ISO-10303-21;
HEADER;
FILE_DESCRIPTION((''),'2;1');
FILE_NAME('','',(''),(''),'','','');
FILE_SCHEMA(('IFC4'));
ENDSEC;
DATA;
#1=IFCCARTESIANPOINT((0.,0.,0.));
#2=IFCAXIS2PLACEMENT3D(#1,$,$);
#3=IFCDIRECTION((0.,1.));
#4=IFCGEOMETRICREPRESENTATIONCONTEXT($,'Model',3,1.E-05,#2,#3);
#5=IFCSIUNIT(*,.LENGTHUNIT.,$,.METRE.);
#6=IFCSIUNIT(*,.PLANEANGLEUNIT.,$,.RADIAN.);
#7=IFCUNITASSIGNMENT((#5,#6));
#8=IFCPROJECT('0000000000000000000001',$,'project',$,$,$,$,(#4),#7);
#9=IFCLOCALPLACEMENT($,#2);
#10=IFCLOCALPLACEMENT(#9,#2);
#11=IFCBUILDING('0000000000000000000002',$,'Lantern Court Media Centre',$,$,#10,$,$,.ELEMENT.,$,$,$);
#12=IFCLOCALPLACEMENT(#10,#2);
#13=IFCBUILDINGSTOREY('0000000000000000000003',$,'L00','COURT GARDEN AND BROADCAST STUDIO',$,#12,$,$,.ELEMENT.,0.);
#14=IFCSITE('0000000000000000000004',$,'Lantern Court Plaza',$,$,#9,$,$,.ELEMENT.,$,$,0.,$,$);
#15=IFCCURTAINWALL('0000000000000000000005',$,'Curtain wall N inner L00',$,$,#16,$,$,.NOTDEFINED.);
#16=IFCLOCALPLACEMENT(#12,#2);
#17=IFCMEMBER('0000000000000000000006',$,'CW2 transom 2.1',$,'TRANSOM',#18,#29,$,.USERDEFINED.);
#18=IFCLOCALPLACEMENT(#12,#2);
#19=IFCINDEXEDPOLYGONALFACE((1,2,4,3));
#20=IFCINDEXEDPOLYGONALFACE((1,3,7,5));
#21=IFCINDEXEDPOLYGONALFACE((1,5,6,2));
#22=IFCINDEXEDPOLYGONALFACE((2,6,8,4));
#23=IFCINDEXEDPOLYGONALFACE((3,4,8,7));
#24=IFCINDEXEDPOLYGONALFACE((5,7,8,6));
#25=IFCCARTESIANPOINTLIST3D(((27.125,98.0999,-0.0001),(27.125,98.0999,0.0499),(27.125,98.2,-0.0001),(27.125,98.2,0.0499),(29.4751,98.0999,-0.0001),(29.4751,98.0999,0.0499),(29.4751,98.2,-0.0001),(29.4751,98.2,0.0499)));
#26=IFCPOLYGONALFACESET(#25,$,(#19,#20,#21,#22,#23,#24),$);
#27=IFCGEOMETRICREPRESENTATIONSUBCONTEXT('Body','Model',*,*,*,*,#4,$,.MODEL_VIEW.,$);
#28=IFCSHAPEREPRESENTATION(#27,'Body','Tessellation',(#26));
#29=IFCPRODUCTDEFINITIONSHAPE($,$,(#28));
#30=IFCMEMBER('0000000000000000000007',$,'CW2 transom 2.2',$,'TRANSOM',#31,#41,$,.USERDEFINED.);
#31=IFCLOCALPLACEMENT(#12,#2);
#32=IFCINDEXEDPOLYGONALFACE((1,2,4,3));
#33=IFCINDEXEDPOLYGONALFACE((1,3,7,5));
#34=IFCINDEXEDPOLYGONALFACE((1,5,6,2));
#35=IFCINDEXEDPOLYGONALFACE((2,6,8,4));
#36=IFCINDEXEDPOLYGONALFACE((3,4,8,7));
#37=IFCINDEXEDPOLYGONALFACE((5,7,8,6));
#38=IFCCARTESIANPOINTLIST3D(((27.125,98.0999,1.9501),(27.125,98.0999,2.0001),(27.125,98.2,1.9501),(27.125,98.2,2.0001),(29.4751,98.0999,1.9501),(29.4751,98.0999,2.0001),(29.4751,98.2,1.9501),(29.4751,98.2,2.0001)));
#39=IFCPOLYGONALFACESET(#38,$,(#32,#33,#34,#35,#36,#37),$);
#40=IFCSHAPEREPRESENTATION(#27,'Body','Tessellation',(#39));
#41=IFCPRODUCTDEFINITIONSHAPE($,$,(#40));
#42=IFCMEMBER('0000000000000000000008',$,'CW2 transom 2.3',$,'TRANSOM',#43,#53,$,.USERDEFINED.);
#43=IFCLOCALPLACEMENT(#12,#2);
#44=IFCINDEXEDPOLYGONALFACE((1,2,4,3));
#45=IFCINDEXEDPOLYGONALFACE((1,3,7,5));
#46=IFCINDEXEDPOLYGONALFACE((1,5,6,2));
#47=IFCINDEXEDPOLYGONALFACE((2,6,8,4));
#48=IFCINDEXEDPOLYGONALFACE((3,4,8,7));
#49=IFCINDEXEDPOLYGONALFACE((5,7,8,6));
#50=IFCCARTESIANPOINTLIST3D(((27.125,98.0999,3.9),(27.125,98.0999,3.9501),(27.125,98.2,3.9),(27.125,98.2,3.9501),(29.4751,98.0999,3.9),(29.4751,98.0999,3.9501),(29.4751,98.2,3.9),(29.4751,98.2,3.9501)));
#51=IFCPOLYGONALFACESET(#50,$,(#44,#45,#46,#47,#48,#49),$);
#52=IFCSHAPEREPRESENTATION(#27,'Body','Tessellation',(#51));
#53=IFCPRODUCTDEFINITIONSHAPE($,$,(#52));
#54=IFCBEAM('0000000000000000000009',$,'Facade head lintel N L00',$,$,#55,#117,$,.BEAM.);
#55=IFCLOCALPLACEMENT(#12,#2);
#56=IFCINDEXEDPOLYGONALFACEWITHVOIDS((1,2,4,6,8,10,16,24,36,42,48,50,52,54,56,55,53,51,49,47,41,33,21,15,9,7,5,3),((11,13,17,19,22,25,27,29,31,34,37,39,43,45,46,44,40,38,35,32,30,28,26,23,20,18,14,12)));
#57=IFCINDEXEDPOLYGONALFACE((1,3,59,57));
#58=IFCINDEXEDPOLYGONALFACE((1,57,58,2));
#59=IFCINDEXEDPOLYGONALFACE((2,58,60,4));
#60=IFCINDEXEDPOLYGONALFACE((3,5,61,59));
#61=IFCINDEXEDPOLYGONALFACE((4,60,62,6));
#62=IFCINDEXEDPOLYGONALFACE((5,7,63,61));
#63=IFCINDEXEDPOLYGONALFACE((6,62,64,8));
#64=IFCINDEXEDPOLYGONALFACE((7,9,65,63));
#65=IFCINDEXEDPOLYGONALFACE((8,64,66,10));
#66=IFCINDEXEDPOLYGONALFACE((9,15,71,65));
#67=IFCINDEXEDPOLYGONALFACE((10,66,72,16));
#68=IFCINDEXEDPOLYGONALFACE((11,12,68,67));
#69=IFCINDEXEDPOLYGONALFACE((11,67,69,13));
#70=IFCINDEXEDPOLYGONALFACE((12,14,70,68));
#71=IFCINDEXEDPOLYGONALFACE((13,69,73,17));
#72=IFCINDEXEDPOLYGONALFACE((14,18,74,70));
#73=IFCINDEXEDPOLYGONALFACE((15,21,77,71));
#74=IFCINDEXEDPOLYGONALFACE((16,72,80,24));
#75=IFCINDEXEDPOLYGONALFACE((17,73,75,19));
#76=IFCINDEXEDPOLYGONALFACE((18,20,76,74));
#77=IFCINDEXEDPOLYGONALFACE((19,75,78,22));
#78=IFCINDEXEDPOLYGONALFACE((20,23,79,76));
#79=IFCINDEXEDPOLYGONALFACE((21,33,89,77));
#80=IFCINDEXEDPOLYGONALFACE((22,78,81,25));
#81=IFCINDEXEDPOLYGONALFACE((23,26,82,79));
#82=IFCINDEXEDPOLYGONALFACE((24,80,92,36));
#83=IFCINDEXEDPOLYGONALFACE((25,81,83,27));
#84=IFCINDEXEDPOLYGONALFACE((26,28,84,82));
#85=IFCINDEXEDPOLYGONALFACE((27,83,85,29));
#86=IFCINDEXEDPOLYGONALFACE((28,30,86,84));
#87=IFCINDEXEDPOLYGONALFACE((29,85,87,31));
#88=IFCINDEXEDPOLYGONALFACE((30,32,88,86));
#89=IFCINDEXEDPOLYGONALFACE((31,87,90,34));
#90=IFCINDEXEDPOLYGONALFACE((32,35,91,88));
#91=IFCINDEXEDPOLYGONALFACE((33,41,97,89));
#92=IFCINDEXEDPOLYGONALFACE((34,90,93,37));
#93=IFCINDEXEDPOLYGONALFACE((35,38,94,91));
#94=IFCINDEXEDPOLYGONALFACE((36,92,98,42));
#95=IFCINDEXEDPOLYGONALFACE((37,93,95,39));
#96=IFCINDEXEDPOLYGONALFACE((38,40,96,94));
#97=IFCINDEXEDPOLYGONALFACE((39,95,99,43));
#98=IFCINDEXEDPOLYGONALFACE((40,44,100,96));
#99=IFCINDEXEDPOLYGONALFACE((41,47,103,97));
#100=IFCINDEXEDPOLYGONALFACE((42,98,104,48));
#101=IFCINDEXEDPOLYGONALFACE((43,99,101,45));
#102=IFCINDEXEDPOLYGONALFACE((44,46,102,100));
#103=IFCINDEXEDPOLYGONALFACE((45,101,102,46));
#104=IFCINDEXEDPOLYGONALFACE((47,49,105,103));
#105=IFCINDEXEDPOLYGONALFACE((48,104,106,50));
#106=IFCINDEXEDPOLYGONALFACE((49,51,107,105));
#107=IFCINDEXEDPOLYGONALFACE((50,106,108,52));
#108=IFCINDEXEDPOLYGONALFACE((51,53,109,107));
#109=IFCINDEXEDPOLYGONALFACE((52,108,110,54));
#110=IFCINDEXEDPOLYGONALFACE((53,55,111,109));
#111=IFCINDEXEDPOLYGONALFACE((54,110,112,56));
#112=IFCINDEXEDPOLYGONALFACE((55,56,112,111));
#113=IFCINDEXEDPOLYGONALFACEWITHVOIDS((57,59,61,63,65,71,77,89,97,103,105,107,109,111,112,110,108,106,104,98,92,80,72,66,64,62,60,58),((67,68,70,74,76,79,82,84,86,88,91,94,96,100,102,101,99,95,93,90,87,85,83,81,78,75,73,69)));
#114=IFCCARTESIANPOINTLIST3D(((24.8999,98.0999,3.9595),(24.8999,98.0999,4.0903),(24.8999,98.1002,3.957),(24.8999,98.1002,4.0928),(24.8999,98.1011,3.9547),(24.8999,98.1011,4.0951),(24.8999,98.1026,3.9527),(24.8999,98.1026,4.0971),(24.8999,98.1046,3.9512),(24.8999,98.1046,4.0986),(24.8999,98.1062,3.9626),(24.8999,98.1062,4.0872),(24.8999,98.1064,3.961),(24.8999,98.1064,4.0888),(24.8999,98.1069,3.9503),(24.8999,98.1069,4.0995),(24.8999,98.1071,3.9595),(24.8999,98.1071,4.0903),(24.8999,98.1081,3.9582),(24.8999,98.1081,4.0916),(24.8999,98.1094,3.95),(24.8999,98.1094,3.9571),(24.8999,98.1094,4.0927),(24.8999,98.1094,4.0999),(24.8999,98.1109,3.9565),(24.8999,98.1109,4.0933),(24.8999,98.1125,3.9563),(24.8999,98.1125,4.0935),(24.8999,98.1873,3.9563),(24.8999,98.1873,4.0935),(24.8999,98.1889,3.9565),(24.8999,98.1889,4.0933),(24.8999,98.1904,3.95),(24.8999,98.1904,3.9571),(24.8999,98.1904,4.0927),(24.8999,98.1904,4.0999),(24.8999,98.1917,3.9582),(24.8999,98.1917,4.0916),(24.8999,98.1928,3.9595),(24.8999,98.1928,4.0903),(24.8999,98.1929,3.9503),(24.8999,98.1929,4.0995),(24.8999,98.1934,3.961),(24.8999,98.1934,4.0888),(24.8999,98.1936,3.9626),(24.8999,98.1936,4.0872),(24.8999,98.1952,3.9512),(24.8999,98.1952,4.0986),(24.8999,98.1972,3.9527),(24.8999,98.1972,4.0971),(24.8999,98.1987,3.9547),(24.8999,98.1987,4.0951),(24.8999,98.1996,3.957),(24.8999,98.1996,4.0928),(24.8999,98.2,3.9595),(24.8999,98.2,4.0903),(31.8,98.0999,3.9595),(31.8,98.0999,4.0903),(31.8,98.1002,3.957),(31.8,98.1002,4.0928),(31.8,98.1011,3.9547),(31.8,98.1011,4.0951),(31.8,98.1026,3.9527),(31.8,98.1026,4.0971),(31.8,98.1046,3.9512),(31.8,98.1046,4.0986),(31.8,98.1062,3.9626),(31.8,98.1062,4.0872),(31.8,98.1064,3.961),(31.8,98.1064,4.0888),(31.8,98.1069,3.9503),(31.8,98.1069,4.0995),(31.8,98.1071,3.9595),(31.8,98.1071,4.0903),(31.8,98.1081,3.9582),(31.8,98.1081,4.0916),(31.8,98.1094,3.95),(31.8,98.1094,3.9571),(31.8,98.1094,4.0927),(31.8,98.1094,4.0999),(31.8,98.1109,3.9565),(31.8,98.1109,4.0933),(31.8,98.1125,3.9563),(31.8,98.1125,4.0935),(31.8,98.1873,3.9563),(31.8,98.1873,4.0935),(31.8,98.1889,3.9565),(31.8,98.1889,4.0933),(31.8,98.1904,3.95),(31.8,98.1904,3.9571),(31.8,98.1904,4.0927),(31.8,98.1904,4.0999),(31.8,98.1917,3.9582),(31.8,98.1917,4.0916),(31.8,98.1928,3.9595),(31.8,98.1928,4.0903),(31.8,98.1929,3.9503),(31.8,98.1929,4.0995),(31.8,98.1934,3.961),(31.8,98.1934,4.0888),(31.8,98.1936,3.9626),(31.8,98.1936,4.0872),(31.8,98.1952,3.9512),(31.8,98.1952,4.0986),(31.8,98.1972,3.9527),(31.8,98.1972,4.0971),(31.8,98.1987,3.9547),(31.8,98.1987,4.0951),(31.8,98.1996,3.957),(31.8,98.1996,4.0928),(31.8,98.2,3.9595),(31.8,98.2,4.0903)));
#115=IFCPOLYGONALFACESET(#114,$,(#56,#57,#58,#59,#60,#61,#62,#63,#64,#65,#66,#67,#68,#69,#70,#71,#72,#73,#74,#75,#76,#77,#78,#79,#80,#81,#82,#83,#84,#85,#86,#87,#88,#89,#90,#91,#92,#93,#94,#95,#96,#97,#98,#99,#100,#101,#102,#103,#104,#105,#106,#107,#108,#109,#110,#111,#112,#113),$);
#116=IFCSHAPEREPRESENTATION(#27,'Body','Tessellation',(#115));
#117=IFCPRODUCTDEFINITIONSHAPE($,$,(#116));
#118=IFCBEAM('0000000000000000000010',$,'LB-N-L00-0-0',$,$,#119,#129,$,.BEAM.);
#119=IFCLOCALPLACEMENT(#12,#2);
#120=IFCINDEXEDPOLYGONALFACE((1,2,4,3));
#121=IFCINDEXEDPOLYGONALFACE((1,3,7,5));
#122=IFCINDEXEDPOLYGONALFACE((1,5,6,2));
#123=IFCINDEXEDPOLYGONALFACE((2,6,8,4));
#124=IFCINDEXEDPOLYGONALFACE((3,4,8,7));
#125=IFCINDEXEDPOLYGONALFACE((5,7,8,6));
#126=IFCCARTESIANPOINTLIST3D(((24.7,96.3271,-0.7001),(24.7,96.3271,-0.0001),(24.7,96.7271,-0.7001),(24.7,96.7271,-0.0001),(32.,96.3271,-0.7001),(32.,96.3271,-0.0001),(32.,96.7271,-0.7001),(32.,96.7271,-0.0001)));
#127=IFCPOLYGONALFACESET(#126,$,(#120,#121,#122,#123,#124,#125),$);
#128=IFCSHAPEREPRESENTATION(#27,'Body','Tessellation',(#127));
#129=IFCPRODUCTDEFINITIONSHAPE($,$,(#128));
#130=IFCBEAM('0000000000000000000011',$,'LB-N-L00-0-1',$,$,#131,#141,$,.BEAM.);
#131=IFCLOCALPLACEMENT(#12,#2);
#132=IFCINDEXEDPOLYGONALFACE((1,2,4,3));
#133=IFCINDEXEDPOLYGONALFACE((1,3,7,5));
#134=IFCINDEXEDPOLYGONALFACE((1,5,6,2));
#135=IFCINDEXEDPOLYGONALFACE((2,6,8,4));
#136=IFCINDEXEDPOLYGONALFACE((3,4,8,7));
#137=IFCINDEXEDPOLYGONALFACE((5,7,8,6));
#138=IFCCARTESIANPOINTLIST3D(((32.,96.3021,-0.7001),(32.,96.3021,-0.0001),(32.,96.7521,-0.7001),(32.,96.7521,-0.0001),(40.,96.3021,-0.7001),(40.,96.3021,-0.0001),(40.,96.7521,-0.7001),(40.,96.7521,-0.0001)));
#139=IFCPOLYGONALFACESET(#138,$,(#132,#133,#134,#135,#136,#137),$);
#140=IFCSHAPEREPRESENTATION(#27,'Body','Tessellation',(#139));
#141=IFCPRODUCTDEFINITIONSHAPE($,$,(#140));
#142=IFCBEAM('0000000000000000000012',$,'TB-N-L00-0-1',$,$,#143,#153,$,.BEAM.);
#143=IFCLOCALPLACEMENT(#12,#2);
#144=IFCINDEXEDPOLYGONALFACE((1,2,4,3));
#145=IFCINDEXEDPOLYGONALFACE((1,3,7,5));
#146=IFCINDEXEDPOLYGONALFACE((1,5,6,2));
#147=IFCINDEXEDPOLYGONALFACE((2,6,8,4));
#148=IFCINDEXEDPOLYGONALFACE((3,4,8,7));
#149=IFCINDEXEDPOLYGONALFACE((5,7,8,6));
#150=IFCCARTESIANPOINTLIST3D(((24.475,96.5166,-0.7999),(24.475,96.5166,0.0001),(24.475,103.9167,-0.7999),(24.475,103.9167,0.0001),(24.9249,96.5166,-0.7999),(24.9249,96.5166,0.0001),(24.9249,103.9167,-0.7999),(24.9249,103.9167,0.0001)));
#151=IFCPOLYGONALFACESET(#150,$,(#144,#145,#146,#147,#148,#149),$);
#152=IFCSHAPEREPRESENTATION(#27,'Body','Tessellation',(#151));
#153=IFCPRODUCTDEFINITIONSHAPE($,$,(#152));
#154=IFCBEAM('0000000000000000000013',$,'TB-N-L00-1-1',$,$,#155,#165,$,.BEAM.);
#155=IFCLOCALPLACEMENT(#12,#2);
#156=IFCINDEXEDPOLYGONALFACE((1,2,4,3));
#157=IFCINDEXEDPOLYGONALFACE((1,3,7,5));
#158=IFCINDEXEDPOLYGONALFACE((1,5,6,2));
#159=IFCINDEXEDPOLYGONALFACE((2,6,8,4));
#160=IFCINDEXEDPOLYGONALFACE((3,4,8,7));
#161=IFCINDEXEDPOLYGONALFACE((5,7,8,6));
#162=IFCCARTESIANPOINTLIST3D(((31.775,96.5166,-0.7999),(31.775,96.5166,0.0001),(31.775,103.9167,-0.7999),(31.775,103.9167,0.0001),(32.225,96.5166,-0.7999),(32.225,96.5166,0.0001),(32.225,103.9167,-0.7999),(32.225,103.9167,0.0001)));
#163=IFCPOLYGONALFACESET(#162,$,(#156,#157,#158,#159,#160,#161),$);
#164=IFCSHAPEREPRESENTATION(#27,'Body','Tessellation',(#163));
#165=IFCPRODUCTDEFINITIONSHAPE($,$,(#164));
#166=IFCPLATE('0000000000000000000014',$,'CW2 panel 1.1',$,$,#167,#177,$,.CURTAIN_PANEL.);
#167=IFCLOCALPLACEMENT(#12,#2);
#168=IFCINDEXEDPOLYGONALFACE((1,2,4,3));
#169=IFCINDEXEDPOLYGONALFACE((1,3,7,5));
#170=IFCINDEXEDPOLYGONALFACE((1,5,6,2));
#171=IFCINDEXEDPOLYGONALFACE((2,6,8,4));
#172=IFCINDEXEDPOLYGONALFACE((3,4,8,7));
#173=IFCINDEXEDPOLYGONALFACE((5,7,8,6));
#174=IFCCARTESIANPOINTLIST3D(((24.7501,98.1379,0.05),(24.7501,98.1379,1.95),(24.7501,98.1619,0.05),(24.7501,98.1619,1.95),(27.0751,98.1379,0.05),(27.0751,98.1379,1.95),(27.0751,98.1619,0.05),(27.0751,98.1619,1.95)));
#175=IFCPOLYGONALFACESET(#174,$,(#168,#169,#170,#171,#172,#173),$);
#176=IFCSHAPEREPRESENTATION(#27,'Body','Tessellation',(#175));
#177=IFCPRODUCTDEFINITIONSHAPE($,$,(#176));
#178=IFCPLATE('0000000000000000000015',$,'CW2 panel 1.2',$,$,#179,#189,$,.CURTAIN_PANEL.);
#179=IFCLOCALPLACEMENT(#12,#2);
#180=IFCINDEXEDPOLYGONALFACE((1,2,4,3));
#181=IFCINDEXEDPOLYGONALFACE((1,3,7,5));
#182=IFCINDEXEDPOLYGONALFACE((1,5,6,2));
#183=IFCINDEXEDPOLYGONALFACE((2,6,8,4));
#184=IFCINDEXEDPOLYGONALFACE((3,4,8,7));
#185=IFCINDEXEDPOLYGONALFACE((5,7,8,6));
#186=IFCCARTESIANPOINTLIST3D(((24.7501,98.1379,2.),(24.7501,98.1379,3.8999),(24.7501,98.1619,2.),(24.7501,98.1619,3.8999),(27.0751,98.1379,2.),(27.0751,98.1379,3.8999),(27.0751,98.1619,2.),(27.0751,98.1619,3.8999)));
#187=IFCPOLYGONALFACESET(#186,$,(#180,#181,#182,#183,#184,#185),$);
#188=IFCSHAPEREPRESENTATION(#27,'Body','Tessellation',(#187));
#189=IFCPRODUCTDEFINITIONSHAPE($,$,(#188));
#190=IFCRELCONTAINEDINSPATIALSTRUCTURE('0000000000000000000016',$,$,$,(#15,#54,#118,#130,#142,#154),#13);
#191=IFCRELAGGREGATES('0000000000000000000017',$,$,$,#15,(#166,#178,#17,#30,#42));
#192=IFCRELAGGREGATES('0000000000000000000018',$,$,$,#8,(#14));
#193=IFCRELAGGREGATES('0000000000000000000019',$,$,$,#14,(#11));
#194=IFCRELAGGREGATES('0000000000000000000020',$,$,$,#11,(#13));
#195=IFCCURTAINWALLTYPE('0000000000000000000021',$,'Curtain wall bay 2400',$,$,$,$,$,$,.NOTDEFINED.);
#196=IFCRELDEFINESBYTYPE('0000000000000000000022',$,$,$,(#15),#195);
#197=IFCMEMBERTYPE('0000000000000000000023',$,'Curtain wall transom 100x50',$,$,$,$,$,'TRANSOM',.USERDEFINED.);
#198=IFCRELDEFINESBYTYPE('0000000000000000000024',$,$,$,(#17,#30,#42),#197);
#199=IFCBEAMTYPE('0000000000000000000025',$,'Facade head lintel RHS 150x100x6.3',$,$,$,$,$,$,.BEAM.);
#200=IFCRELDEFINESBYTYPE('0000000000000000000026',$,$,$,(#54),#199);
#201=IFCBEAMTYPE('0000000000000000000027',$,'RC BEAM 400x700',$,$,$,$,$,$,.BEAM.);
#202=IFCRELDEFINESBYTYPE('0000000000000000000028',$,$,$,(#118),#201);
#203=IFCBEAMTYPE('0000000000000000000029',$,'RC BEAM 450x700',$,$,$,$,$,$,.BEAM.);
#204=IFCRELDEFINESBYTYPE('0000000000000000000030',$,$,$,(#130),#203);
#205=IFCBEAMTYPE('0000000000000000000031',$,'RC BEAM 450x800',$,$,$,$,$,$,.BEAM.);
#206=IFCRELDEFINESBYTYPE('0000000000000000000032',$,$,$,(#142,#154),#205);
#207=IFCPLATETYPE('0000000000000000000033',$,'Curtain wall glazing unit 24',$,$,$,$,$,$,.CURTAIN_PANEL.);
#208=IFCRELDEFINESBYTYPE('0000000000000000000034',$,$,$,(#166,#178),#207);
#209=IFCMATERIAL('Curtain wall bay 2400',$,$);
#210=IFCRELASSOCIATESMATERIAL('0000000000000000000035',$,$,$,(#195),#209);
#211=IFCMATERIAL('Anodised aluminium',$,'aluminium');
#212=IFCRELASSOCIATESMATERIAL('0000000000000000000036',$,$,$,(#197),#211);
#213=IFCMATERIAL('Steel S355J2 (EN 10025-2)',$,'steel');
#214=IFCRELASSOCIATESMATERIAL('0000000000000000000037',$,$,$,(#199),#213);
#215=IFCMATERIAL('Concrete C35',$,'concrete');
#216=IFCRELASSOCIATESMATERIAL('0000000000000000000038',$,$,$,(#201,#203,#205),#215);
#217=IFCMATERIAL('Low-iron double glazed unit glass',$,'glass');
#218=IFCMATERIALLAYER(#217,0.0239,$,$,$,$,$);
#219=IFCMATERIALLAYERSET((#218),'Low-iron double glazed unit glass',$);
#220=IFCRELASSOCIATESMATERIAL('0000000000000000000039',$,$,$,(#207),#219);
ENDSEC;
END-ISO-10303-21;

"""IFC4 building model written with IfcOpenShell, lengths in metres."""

from ifc_helpers import new_model, si_unit, direction, frame, origin, origin_2d, place, context, subcontext, project, spatial, rectangle, hollow_rectangle, extrude, material, layer, layer_set, material_profile, profile_set, type_object, element, aggregate, save


model = new_model("IFC4")

# Units and contexts
model_context = context("Model", 3, precision=1e-05, world=origin(), true_north=direction((0.0, 1.0)))
body_context = subcontext(model_context, "Body", "Model", "MODEL_VIEW")
ifc_project = project(units=[si_unit("LENGTHUNIT", "METRE"), si_unit("PLANEANGLEUNIT", "RADIAN")], contexts=[model_context])

# Site, building, storey
site_placement = place(None, origin())
site = spatial("IfcSite", under=ifc_project, at=site_placement, Name="Lantern Court Plaza", CompositionType="ELEMENT", RefElevation=0.0)
building_placement = place(site_placement, origin())
building = spatial("IfcBuilding", under=site, at=building_placement, Name="Lantern Court Media Centre", CompositionType="ELEMENT")
storey_placement = place(building_placement, origin())
storey = spatial("IfcBuildingStorey", under=building, at=storey_placement, Name="L00", Description="COURT GARDEN AND BROADCAST STUDIO", CompositionType="ELEMENT", Elevation=0.0)

# Shared definitions
ifc_material_1 = material(Name="Concrete C35", Category="concrete")

# Curtain wall, members
ifc_material_2 = material(Name="Curtain wall bay 2400")
curtain_wall_type = type_object("IfcCurtainWallType", Name="Curtain wall bay 2400", PredefinedType="NOTDEFINED", material=ifc_material_2)
curtain_wall_placement = place(storey_placement, origin())
curtain_wall = element("IfcCurtainWall", 1, at=curtain_wall_placement, inside=storey, type_object=curtain_wall_type, Name="Curtain wall N inner L00", PredefinedType="NOTDEFINED")
ifc_material_3 = material(Name="Anodised aluminium", Category="aluminium")
ifc_material_profile_1 = material_profile(ifc_material_3, rectangle(XDim=0.1001, YDim=0.05, at=origin_2d()), Name="AL 50x100")
ifc_profile_set_1 = profile_set([ifc_material_profile_1], Name="Anodised aluminium")
member_type_1 = type_object("IfcMemberType", Name="Curtain wall transom 100x50", ElementType="TRANSOM", PredefinedType="USERDEFINED", material=ifc_profile_set_1)
member_1_placement = place(storey_placement, frame((27.125, 98.1499, 0.0249), z_axis=(1.0, 0.0, 0.0), x_axis=(0.0, 1.0, 0.0)))
member_1 = element("IfcMember", 2, at=member_1_placement, type_object=member_type_1, Name="CW2 transom 2.1", ObjectType="TRANSOM", PredefinedType="USERDEFINED", context=body_context, shape_type="SweptSolid", body=[
    extrude(rectangle(XDim=0.1001, YDim=0.05, at=origin_2d()), origin(), (0.0, 0.0, 1.0), 2.3501),
])
member_2_placement = place(storey_placement, frame((27.125, 98.1499, 1.9751), z_axis=(1.0, 0.0, 0.0), x_axis=(0.0, 1.0, 0.0)))
member_2 = element("IfcMember", 3, at=member_2_placement, type_object=member_type_1, Name="CW2 transom 2.2", ObjectType="TRANSOM", PredefinedType="USERDEFINED", context=body_context, shape_type="SweptSolid", body=[
    extrude(rectangle(XDim=0.1001, YDim=0.05, at=origin_2d()), origin(), (0.0, 0.0, 1.0), 2.3501),
])
member_3_placement = place(storey_placement, frame((27.125, 98.1499, 3.925), z_axis=(1.0, 0.0, 0.0), x_axis=(0.0, 1.0, 0.0)))
member_3 = element("IfcMember", 4, at=member_3_placement, type_object=member_type_1, Name="CW2 transom 2.3", ObjectType="TRANSOM", PredefinedType="USERDEFINED", context=body_context, shape_type="SweptSolid", body=[
    extrude(rectangle(XDim=0.1001, YDim=0.05, at=origin_2d()), origin(), (0.0, 0.0, 1.0), 2.3501),
])

# Beams
ifc_material_4 = material(Name="Steel S355J2 (EN 10025-2)", Category="steel")
ifc_material_profile_2 = material_profile(ifc_material_4, hollow_rectangle(XDim=0.1001, YDim=0.1499, WallThickness=0.0063, InnerFilletRadius=0.0063, OuterFilletRadius=0.0095, at=origin_2d()), Name="Facade head lintel RHS 150x100x6.3")
ifc_profile_set_2 = profile_set([ifc_material_profile_2], Name="Steel S355J2 (EN 10025-2)")
beam_type_1 = type_object("IfcBeamType", Name="Facade head lintel RHS 150x100x6.3", PredefinedType="BEAM", material=ifc_profile_set_2)
beam_1_placement = place(storey_placement, frame((24.8999, 98.1499, 4.0249), z_axis=(1.0, 0.0, 0.0), x_axis=(0.0, 1.0, 0.0)))
element("IfcBeam", 5, at=beam_1_placement, inside=storey, type_object=beam_type_1, Name="Facade head lintel N L00", PredefinedType="BEAM", context=body_context, shape_type="SweptSolid", body=[
    extrude(hollow_rectangle(XDim=0.1001, YDim=0.1499, WallThickness=0.0063, InnerFilletRadius=0.0063, OuterFilletRadius=0.0095, at=origin_2d()), origin(), (0.0, 0.0, 1.0), 6.9001),
])
ifc_material_profile_3 = material_profile(ifc_material_1, rectangle(XDim=0.3999, YDim=0.7, at=origin_2d()), Name="RC 400x700")
ifc_profile_set_3 = profile_set([ifc_material_profile_3], Name="Concrete C35")
beam_type_2 = type_object("IfcBeamType", Name="RC BEAM 400x700", PredefinedType="BEAM", material=ifc_profile_set_3)
beam_2_placement = place(storey_placement, frame((24.7, 96.5271, -0.3501), z_axis=(1.0, 0.0, 0.0), x_axis=(0.0, 1.0, 0.0)))
element("IfcBeam", 6, at=beam_2_placement, inside=storey, type_object=beam_type_2, Name="LB-N-L00-0-0", PredefinedType="BEAM", context=body_context, shape_type="SweptSolid", body=[
    extrude(rectangle(XDim=0.3999, YDim=0.7, at=origin_2d()), origin(), (0.0, 0.0, 1.0), 7.3),
])
ifc_material_profile_4 = material_profile(ifc_material_1, rectangle(XDim=0.45, YDim=0.7, at=origin_2d()), Name="RC 450x700")
ifc_profile_set_4 = profile_set([ifc_material_profile_4], Name="Concrete C35")
beam_type_3 = type_object("IfcBeamType", Name="RC BEAM 450x700", PredefinedType="BEAM", material=ifc_profile_set_4)
beam_3_placement = place(storey_placement, frame((32.0, 96.5271, -0.3501), z_axis=(1.0, 0.0, 0.0), x_axis=(0.0, 1.0, 0.0)))
element("IfcBeam", 7, at=beam_3_placement, inside=storey, type_object=beam_type_3, Name="LB-N-L00-0-1", PredefinedType="BEAM", context=body_context, shape_type="SweptSolid", body=[
    extrude(rectangle(XDim=0.45, YDim=0.7, at=origin_2d()), origin(), (0.0, 0.0, 1.0), 8.0),
])
ifc_material_profile_5 = material_profile(ifc_material_1, rectangle(XDim=0.45, YDim=0.8, at=origin_2d()), Name="RC 450x800")
ifc_profile_set_5 = profile_set([ifc_material_profile_5], Name="Concrete C35")
beam_type_4 = type_object("IfcBeamType", Name="RC BEAM 450x800", PredefinedType="BEAM", material=ifc_profile_set_5)
for number, where, z_axis, x_axis, name in (
    (8, (24.7, 96.5166, -0.3999), (0.0, 1.0, 0.0), (-1.0, 0.0, 0.0), "TB-N-L00-0-1"),
    (9, (32.0, 96.5166, -0.3999), (0.0, 1.0, 0.0), (-1.0, 0.0, 0.0), "TB-N-L00-1-1"),
):
    element("IfcBeam", number, at=place(storey_placement, frame(where, z_axis=z_axis, x_axis=x_axis)), inside=storey, type_object=beam_type_4, Name=name, PredefinedType="BEAM", context=body_context, shape_type="SweptSolid", body=[
        extrude(rectangle(XDim=0.45, YDim=0.8, at=origin_2d()), origin(), (0.0, 0.0, 1.0), 7.4001),
    ])

# Plates
ifc_material_5 = material(Name="Low-iron double glazed unit glass", Category="glass")
ifc_layer_1 = layer(ifc_material_5, 0.0239)
ifc_layer_set_1 = layer_set([ifc_layer_1], Name="Low-iron double glazed unit glass")
plate_type = type_object("IfcPlateType", Name="Curtain wall glazing unit 24", PredefinedType="CURTAIN_PANEL", material=ifc_layer_set_1)
plate_1_placement = place(storey_placement, frame((25.9126, 98.1499, 0.05), z_axis=(0.0, 0.0, 1.0), x_axis=(1.0, 0.0, 0.0)))
plate_1 = element("IfcPlate", 10, at=plate_1_placement, type_object=plate_type, Name="CW2 panel 1.1", PredefinedType="CURTAIN_PANEL", context=body_context, shape_type="SweptSolid", body=[
    extrude(rectangle(XDim=2.325, YDim=0.0239, at=origin_2d()), origin(), (0.0, 0.0, 1.0), 1.8999),
])
plate_2_placement = place(storey_placement, frame((25.9126, 98.1499, 2.0), z_axis=(0.0, 0.0, 1.0), x_axis=(1.0, 0.0, 0.0)))
plate_2 = element("IfcPlate", 11, at=plate_2_placement, type_object=plate_type, Name="CW2 panel 1.2", PredefinedType="CURTAIN_PANEL", context=body_context, shape_type="SweptSolid", body=[
    extrude(rectangle(XDim=2.325, YDim=0.0239, at=origin_2d()), origin(), (0.0, 0.0, 1.0), 1.8999),
])
aggregate(curtain_wall, [plate_1, plate_2, member_1, member_2, member_3])

save(model, "model.ifc")
